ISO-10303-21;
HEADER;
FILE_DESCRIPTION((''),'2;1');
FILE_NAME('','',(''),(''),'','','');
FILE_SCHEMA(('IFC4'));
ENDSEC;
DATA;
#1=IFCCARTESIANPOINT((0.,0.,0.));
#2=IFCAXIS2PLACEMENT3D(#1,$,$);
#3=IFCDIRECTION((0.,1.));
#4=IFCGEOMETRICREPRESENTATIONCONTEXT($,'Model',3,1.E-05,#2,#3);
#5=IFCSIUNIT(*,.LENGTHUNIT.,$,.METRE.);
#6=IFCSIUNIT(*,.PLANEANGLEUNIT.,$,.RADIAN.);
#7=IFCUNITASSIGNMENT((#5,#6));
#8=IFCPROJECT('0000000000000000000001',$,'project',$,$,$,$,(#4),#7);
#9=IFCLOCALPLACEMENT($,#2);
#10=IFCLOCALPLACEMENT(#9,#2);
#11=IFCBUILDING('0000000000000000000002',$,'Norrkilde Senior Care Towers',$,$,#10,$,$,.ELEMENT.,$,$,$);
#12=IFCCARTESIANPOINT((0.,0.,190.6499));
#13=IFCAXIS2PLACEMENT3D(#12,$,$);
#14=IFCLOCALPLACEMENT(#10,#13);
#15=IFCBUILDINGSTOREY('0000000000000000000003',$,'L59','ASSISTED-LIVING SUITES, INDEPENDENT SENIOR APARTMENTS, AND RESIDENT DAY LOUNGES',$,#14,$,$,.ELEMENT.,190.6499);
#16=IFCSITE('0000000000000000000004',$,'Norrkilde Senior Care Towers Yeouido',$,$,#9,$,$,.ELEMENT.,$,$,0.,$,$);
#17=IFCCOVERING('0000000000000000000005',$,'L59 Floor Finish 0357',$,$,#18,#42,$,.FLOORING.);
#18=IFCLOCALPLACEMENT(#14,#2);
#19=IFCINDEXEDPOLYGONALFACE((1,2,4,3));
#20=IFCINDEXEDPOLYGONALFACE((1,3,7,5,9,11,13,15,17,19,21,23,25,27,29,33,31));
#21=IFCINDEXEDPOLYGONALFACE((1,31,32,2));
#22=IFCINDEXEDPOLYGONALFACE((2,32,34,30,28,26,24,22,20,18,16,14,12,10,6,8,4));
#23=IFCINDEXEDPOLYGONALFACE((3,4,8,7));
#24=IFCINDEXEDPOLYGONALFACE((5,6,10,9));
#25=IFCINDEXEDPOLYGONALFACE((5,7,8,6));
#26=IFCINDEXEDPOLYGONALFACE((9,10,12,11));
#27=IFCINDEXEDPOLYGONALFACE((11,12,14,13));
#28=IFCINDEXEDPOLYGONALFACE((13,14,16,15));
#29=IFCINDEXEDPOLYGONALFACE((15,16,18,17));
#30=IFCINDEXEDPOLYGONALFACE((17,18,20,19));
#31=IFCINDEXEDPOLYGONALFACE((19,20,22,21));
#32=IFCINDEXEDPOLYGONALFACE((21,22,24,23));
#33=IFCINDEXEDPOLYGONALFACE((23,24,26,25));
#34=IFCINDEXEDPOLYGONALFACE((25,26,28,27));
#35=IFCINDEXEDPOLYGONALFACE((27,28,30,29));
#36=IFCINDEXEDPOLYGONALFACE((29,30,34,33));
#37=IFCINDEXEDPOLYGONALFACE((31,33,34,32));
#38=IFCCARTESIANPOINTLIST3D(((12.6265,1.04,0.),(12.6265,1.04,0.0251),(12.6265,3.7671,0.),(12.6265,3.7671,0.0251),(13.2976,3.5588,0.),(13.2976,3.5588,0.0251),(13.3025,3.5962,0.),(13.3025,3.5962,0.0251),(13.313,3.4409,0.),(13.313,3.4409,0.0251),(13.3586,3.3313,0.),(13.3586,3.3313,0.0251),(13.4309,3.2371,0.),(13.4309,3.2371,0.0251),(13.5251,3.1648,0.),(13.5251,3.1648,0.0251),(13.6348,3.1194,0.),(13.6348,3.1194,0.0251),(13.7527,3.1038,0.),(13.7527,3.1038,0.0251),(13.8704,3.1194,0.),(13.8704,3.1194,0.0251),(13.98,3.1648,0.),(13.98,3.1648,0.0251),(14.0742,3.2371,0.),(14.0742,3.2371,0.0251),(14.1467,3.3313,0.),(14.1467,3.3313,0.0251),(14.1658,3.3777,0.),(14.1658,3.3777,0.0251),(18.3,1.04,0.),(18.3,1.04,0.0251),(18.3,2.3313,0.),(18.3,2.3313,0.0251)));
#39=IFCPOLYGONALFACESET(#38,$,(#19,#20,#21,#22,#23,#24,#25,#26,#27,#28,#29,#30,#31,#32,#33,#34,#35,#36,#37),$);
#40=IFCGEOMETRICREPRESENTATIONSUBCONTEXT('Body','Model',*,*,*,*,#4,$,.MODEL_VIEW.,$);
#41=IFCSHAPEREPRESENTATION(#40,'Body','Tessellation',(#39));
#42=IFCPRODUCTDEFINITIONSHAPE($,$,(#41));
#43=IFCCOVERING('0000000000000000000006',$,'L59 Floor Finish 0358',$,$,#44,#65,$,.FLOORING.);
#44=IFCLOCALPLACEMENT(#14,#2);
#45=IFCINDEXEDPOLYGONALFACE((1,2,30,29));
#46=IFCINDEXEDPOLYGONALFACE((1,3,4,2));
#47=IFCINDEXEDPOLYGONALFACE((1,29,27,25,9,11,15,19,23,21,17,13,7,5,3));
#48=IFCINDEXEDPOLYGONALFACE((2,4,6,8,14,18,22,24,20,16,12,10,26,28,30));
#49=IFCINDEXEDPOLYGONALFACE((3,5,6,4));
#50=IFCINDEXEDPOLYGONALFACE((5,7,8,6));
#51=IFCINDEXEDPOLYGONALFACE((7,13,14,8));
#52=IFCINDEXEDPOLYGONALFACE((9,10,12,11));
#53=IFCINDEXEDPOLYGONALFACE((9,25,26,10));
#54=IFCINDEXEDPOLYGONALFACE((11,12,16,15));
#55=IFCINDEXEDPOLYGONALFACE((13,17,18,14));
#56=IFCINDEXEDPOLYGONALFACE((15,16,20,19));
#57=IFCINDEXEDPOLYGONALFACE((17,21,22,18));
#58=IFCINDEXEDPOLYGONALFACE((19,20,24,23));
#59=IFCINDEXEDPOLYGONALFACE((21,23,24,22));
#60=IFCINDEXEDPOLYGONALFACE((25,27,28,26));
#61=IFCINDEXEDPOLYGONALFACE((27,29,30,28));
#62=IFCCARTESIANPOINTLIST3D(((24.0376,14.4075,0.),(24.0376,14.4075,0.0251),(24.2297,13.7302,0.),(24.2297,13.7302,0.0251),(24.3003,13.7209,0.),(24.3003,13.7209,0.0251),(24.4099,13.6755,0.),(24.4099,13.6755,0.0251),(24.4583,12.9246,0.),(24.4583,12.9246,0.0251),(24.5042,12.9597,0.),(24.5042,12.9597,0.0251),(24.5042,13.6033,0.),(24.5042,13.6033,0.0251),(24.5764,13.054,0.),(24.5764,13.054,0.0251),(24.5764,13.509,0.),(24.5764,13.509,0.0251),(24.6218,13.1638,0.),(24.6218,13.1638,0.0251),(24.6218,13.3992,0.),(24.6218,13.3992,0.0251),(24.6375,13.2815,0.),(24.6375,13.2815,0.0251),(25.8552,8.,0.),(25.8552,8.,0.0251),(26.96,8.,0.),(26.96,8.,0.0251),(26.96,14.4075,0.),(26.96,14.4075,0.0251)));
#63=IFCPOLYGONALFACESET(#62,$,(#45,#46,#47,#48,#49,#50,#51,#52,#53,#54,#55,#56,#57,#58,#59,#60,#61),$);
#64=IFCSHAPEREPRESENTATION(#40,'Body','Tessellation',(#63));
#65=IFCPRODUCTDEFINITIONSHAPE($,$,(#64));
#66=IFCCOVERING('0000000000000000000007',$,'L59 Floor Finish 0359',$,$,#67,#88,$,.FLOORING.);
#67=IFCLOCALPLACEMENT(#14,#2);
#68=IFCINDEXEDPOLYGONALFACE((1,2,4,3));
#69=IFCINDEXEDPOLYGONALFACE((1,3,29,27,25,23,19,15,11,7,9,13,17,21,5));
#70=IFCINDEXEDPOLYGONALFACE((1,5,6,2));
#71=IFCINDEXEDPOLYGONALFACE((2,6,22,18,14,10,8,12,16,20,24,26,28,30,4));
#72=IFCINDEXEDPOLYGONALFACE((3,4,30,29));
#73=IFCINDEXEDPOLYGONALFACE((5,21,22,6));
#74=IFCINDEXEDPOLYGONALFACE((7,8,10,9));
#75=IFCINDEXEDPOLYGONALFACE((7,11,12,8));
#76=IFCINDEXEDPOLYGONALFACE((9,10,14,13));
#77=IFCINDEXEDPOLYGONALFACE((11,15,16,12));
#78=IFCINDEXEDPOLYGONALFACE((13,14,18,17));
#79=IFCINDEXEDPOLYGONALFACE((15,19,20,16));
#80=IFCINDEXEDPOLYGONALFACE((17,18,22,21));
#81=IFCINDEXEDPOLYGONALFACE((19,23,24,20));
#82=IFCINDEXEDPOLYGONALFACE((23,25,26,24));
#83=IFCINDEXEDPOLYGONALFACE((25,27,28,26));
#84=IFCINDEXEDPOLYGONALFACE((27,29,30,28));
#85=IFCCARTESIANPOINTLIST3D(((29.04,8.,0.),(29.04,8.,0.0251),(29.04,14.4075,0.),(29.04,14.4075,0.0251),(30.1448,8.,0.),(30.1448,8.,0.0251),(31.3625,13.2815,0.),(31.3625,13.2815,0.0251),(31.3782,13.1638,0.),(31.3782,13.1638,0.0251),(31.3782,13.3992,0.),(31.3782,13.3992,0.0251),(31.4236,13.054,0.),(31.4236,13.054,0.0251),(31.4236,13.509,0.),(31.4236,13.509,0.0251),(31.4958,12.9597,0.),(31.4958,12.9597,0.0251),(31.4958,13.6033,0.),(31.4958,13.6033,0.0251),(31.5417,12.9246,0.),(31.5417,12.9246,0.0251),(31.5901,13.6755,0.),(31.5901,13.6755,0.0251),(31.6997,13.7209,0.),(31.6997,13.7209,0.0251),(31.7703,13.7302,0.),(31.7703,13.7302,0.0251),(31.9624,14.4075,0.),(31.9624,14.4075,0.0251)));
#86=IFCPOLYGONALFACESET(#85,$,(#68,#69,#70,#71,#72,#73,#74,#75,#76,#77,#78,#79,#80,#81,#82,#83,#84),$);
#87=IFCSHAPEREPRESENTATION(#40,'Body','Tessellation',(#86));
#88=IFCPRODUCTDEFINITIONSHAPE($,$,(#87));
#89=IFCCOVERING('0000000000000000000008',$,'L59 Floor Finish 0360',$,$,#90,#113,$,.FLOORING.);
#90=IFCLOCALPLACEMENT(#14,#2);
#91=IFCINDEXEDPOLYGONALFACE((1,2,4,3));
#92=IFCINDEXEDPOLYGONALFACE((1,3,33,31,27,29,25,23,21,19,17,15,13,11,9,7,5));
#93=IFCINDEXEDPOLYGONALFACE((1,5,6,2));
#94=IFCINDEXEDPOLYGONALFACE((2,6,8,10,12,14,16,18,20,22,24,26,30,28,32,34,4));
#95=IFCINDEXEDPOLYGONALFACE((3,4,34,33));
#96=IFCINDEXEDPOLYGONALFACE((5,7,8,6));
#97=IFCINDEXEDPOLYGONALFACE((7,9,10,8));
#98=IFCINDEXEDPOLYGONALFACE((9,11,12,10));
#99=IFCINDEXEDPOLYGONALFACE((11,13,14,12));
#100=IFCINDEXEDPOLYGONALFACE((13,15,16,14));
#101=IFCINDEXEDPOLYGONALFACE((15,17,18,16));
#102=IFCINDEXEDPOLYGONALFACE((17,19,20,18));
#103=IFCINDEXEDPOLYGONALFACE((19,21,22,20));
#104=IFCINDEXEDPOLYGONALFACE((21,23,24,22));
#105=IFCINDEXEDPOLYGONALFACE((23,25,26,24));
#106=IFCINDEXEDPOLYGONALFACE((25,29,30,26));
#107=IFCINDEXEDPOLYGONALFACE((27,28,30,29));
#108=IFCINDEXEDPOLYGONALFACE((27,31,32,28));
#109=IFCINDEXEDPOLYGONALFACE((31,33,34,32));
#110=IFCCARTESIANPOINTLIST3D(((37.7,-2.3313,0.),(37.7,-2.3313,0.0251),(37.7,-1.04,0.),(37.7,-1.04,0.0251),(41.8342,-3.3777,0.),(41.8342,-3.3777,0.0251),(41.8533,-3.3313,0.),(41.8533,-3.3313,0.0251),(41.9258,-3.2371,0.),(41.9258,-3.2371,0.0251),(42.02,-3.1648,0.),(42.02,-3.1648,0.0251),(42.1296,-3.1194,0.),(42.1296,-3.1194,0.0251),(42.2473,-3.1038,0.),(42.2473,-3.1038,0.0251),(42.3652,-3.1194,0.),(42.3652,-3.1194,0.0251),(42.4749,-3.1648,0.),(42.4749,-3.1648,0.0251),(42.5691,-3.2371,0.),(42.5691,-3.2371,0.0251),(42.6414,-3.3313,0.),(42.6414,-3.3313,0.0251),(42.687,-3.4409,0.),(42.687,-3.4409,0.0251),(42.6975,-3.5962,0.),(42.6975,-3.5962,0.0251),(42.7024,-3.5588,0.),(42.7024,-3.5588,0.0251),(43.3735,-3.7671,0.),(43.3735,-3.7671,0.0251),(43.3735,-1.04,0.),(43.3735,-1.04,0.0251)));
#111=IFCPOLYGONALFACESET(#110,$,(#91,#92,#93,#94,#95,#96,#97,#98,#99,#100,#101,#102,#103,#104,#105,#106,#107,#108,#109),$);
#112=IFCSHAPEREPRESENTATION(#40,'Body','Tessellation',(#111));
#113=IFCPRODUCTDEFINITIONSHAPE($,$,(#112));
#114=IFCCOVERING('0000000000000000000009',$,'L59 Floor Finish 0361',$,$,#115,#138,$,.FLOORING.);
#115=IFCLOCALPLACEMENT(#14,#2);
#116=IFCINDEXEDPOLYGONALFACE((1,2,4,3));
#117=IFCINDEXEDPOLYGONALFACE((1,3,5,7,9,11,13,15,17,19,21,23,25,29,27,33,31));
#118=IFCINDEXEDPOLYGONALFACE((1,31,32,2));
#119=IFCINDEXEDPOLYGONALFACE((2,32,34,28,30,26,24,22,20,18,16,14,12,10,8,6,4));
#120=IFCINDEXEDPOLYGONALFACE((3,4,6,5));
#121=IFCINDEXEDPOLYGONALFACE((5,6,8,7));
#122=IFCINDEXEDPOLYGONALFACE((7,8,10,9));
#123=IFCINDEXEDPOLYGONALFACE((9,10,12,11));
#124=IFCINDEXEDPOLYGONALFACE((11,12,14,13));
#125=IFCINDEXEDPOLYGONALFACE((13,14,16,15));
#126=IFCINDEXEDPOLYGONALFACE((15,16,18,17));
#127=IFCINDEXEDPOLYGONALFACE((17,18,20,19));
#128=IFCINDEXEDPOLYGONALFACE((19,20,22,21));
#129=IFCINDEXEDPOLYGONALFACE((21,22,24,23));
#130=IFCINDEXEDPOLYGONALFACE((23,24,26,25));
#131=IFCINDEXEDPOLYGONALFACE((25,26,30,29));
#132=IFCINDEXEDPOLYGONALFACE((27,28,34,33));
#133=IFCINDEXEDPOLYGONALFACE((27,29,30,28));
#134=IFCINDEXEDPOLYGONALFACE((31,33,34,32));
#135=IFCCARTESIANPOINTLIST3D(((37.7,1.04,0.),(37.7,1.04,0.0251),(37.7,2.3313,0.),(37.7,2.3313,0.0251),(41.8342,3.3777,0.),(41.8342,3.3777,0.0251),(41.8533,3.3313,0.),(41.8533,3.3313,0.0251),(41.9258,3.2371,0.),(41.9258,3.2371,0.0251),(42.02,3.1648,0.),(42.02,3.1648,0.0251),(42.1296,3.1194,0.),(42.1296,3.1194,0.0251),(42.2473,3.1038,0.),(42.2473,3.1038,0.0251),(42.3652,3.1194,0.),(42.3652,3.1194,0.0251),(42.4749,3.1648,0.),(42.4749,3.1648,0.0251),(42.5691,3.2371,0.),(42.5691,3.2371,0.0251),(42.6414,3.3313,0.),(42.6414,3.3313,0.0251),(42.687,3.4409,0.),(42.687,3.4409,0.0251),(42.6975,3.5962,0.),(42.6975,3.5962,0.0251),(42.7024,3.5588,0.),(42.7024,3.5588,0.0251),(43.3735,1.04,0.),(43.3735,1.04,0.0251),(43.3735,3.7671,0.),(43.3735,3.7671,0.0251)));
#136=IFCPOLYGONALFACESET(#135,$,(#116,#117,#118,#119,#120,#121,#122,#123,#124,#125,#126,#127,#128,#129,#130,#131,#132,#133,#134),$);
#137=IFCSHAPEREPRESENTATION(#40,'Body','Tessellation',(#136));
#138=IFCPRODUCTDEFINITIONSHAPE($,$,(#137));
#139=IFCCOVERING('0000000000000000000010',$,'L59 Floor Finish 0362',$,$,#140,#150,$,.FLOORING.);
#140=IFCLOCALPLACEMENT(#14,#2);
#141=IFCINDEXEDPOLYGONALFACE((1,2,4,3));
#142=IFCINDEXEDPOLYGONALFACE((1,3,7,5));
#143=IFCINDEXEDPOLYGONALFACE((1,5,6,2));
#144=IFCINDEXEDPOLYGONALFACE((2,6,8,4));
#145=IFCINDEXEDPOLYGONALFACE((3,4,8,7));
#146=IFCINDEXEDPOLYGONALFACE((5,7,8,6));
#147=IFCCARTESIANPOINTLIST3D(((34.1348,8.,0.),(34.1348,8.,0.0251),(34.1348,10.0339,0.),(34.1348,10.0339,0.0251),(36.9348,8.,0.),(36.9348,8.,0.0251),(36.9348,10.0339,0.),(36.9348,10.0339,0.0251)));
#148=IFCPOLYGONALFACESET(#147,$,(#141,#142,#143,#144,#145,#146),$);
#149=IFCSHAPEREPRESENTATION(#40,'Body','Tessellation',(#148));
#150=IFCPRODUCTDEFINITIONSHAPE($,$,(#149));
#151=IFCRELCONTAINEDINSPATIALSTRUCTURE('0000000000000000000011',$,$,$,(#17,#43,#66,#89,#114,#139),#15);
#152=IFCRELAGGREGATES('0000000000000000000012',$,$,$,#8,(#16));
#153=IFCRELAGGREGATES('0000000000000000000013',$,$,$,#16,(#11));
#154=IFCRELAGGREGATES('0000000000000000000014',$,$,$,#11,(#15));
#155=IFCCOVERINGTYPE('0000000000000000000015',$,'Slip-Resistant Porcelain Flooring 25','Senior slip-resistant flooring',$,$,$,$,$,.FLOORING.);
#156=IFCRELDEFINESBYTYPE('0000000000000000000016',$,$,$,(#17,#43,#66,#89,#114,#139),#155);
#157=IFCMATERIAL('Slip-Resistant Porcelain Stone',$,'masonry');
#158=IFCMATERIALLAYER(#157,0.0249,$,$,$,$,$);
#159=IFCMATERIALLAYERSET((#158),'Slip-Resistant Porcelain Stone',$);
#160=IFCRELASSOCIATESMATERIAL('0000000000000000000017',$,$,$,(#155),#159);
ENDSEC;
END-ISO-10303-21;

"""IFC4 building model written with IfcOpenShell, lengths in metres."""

from ifc_helpers import new_model, si_unit, direction, frame, origin, place, context, subcontext, project, spatial, polyline, outline, extrude, material, layer, layer_set, type_object, element, save


model = new_model("IFC4")

# Units and contexts
model_context = context("Model", 3, precision=1e-05, world=origin(), true_north=direction((0.0, 1.0)))
body_context = subcontext(model_context, "Body", "Model", "MODEL_VIEW")
ifc_project = project(units=[si_unit("LENGTHUNIT", "METRE"), si_unit("PLANEANGLEUNIT", "RADIAN")], contexts=[model_context])

# Site, building, storey
site_placement = place(None, origin())
site = spatial("IfcSite", under=ifc_project, at=site_placement, Name="Norrkilde Senior Care Towers Yeouido", CompositionType="ELEMENT", RefElevation=0.0)
building_placement = place(site_placement, origin())
building = spatial("IfcBuilding", under=site, at=building_placement, Name="Norrkilde Senior Care Towers", CompositionType="ELEMENT")
storey_placement = place(building_placement, frame((0.0, 0.0, 190.6499)))
storey = spatial("IfcBuildingStorey", under=building, at=storey_placement, Name="L59", Description="ASSISTED-LIVING SUITES, INDEPENDENT SENIOR APARTMENTS, AND RESIDENT DAY LOUNGES", CompositionType="ELEMENT", Elevation=190.6499)

# Coverings
ifc_material_1 = material(Name="Slip-Resistant Porcelain Stone", Category="masonry")
ifc_layer_1 = layer(ifc_material_1, 0.0249)
ifc_layer_set_1 = layer_set([ifc_layer_1], Name="Slip-Resistant Porcelain Stone")
covering_type_1 = type_object("IfcCoveringType", Name="Slip-Resistant Porcelain Flooring 25", Description="Senior slip-resistant flooring", PredefinedType="FLOORING", material=ifc_layer_set_1)
covering_1_placement = place(storey_placement, origin())
element("IfcCovering", 1, at=covering_1_placement, inside=storey, type_object=covering_type_1, Name="L59 Floor Finish 0357", PredefinedType="FLOORING", context=body_context, shape_type="SweptSolid", body=[
    extrude(outline(polyline([(18.3, 1.04), (12.6265, 1.04), (12.6265, 3.7671), (13.3025, 3.5962), (13.2976, 3.5588), (13.313, 3.4409), (13.3586, 3.3313), (13.4309, 3.2371), (13.5251, 3.1648), (13.6348, 3.1194), (13.7527, 3.1038), (13.8704, 3.1194), (13.98, 3.1648), (14.0742, 3.2371), (14.1467, 3.3313), (14.1658, 3.3777), (18.3, 2.3313), (18.3, 1.04)])), origin(), (0.0, 0.0, 1.0), 0.0251),
])
covering_2_placement = place(storey_placement, origin())
element("IfcCovering", 2, at=covering_2_placement, inside=storey, type_object=covering_type_1, Name="L59 Floor Finish 0358", PredefinedType="FLOORING", context=body_context, shape_type="SweptSolid", body=[
    extrude(outline(polyline([(26.96, 14.4075), (26.96, 8.0), (25.8552, 8.0), (24.4583, 12.9246), (24.5042, 12.9597), (24.5764, 13.054), (24.6218, 13.1638), (24.6375, 13.2815), (24.6218, 13.3992), (24.5764, 13.509), (24.5042, 13.6033), (24.4099, 13.6755), (24.3003, 13.7209), (24.2297, 13.7302), (24.0376, 14.4075), (26.96, 14.4075)])), origin(), (0.0, 0.0, 1.0), 0.0251),
])
covering_3_placement = place(storey_placement, origin())
element("IfcCovering", 3, at=covering_3_placement, inside=storey, type_object=covering_type_1, Name="L59 Floor Finish 0359", PredefinedType="FLOORING", context=body_context, shape_type="SweptSolid", body=[
    extrude(outline(polyline([(31.9624, 14.4075), (31.7703, 13.7302), (31.6997, 13.7209), (31.5901, 13.6755), (31.4958, 13.6033), (31.4236, 13.509), (31.3782, 13.3992), (31.3625, 13.2815), (31.3782, 13.1638), (31.4236, 13.054), (31.4958, 12.9597), (31.5417, 12.9246), (30.1448, 8.0), (29.04, 8.0), (29.04, 14.4075), (31.9624, 14.4075)])), origin(), (0.0, 0.0, 1.0), 0.0251),
])
covering_4_placement = place(storey_placement, origin())
element("IfcCovering", 4, at=covering_4_placement, inside=storey, type_object=covering_type_1, Name="L59 Floor Finish 0360", PredefinedType="FLOORING", context=body_context, shape_type="SweptSolid", body=[
    extrude(outline(polyline([(43.3735, -3.7671), (42.6975, -3.5962), (42.7024, -3.5588), (42.687, -3.4409), (42.6414, -3.3313), (42.5691, -3.2371), (42.4749, -3.1648), (42.3652, -3.1194), (42.2473, -3.1038), (42.1296, -3.1194), (42.02, -3.1648), (41.9258, -3.2371), (41.8533, -3.3313), (41.8342, -3.3777), (37.7, -2.3313), (37.7, -1.04), (43.3735, -1.04), (43.3735, -3.7671)])), origin(), (0.0, 0.0, 1.0), 0.0251),
])
covering_5_placement = place(storey_placement, origin())
element("IfcCovering", 5, at=covering_5_placement, inside=storey, type_object=covering_type_1, Name="L59 Floor Finish 0361", PredefinedType="FLOORING", context=body_context, shape_type="SweptSolid", body=[
    extrude(outline(polyline([(43.3735, 1.04), (37.7, 1.04), (37.7, 2.3313), (41.8342, 3.3777), (41.8533, 3.3313), (41.9258, 3.2371), (42.02, 3.1648), (42.1296, 3.1194), (42.2473, 3.1038), (42.3652, 3.1194), (42.4749, 3.1648), (42.5691, 3.2371), (42.6414, 3.3313), (42.687, 3.4409), (42.7024, 3.5588), (42.6975, 3.5962), (43.3735, 3.7671), (43.3735, 1.04)])), origin(), (0.0, 0.0, 1.0), 0.0251),
])
covering_6_placement = place(storey_placement, origin())
element("IfcCovering", 6, at=covering_6_placement, inside=storey, type_object=covering_type_1, Name="L59 Floor Finish 0362", PredefinedType="FLOORING", context=body_context, shape_type="SweptSolid", body=[
    extrude(outline(polyline([(34.1348, 10.0339), (36.9348, 10.0339), (36.9348, 8.0), (34.1348, 8.0), (34.1348, 10.0339)])), origin(), (0.0, 0.0, 1.0), 0.0251),
])

save(model, "model.ifc")
